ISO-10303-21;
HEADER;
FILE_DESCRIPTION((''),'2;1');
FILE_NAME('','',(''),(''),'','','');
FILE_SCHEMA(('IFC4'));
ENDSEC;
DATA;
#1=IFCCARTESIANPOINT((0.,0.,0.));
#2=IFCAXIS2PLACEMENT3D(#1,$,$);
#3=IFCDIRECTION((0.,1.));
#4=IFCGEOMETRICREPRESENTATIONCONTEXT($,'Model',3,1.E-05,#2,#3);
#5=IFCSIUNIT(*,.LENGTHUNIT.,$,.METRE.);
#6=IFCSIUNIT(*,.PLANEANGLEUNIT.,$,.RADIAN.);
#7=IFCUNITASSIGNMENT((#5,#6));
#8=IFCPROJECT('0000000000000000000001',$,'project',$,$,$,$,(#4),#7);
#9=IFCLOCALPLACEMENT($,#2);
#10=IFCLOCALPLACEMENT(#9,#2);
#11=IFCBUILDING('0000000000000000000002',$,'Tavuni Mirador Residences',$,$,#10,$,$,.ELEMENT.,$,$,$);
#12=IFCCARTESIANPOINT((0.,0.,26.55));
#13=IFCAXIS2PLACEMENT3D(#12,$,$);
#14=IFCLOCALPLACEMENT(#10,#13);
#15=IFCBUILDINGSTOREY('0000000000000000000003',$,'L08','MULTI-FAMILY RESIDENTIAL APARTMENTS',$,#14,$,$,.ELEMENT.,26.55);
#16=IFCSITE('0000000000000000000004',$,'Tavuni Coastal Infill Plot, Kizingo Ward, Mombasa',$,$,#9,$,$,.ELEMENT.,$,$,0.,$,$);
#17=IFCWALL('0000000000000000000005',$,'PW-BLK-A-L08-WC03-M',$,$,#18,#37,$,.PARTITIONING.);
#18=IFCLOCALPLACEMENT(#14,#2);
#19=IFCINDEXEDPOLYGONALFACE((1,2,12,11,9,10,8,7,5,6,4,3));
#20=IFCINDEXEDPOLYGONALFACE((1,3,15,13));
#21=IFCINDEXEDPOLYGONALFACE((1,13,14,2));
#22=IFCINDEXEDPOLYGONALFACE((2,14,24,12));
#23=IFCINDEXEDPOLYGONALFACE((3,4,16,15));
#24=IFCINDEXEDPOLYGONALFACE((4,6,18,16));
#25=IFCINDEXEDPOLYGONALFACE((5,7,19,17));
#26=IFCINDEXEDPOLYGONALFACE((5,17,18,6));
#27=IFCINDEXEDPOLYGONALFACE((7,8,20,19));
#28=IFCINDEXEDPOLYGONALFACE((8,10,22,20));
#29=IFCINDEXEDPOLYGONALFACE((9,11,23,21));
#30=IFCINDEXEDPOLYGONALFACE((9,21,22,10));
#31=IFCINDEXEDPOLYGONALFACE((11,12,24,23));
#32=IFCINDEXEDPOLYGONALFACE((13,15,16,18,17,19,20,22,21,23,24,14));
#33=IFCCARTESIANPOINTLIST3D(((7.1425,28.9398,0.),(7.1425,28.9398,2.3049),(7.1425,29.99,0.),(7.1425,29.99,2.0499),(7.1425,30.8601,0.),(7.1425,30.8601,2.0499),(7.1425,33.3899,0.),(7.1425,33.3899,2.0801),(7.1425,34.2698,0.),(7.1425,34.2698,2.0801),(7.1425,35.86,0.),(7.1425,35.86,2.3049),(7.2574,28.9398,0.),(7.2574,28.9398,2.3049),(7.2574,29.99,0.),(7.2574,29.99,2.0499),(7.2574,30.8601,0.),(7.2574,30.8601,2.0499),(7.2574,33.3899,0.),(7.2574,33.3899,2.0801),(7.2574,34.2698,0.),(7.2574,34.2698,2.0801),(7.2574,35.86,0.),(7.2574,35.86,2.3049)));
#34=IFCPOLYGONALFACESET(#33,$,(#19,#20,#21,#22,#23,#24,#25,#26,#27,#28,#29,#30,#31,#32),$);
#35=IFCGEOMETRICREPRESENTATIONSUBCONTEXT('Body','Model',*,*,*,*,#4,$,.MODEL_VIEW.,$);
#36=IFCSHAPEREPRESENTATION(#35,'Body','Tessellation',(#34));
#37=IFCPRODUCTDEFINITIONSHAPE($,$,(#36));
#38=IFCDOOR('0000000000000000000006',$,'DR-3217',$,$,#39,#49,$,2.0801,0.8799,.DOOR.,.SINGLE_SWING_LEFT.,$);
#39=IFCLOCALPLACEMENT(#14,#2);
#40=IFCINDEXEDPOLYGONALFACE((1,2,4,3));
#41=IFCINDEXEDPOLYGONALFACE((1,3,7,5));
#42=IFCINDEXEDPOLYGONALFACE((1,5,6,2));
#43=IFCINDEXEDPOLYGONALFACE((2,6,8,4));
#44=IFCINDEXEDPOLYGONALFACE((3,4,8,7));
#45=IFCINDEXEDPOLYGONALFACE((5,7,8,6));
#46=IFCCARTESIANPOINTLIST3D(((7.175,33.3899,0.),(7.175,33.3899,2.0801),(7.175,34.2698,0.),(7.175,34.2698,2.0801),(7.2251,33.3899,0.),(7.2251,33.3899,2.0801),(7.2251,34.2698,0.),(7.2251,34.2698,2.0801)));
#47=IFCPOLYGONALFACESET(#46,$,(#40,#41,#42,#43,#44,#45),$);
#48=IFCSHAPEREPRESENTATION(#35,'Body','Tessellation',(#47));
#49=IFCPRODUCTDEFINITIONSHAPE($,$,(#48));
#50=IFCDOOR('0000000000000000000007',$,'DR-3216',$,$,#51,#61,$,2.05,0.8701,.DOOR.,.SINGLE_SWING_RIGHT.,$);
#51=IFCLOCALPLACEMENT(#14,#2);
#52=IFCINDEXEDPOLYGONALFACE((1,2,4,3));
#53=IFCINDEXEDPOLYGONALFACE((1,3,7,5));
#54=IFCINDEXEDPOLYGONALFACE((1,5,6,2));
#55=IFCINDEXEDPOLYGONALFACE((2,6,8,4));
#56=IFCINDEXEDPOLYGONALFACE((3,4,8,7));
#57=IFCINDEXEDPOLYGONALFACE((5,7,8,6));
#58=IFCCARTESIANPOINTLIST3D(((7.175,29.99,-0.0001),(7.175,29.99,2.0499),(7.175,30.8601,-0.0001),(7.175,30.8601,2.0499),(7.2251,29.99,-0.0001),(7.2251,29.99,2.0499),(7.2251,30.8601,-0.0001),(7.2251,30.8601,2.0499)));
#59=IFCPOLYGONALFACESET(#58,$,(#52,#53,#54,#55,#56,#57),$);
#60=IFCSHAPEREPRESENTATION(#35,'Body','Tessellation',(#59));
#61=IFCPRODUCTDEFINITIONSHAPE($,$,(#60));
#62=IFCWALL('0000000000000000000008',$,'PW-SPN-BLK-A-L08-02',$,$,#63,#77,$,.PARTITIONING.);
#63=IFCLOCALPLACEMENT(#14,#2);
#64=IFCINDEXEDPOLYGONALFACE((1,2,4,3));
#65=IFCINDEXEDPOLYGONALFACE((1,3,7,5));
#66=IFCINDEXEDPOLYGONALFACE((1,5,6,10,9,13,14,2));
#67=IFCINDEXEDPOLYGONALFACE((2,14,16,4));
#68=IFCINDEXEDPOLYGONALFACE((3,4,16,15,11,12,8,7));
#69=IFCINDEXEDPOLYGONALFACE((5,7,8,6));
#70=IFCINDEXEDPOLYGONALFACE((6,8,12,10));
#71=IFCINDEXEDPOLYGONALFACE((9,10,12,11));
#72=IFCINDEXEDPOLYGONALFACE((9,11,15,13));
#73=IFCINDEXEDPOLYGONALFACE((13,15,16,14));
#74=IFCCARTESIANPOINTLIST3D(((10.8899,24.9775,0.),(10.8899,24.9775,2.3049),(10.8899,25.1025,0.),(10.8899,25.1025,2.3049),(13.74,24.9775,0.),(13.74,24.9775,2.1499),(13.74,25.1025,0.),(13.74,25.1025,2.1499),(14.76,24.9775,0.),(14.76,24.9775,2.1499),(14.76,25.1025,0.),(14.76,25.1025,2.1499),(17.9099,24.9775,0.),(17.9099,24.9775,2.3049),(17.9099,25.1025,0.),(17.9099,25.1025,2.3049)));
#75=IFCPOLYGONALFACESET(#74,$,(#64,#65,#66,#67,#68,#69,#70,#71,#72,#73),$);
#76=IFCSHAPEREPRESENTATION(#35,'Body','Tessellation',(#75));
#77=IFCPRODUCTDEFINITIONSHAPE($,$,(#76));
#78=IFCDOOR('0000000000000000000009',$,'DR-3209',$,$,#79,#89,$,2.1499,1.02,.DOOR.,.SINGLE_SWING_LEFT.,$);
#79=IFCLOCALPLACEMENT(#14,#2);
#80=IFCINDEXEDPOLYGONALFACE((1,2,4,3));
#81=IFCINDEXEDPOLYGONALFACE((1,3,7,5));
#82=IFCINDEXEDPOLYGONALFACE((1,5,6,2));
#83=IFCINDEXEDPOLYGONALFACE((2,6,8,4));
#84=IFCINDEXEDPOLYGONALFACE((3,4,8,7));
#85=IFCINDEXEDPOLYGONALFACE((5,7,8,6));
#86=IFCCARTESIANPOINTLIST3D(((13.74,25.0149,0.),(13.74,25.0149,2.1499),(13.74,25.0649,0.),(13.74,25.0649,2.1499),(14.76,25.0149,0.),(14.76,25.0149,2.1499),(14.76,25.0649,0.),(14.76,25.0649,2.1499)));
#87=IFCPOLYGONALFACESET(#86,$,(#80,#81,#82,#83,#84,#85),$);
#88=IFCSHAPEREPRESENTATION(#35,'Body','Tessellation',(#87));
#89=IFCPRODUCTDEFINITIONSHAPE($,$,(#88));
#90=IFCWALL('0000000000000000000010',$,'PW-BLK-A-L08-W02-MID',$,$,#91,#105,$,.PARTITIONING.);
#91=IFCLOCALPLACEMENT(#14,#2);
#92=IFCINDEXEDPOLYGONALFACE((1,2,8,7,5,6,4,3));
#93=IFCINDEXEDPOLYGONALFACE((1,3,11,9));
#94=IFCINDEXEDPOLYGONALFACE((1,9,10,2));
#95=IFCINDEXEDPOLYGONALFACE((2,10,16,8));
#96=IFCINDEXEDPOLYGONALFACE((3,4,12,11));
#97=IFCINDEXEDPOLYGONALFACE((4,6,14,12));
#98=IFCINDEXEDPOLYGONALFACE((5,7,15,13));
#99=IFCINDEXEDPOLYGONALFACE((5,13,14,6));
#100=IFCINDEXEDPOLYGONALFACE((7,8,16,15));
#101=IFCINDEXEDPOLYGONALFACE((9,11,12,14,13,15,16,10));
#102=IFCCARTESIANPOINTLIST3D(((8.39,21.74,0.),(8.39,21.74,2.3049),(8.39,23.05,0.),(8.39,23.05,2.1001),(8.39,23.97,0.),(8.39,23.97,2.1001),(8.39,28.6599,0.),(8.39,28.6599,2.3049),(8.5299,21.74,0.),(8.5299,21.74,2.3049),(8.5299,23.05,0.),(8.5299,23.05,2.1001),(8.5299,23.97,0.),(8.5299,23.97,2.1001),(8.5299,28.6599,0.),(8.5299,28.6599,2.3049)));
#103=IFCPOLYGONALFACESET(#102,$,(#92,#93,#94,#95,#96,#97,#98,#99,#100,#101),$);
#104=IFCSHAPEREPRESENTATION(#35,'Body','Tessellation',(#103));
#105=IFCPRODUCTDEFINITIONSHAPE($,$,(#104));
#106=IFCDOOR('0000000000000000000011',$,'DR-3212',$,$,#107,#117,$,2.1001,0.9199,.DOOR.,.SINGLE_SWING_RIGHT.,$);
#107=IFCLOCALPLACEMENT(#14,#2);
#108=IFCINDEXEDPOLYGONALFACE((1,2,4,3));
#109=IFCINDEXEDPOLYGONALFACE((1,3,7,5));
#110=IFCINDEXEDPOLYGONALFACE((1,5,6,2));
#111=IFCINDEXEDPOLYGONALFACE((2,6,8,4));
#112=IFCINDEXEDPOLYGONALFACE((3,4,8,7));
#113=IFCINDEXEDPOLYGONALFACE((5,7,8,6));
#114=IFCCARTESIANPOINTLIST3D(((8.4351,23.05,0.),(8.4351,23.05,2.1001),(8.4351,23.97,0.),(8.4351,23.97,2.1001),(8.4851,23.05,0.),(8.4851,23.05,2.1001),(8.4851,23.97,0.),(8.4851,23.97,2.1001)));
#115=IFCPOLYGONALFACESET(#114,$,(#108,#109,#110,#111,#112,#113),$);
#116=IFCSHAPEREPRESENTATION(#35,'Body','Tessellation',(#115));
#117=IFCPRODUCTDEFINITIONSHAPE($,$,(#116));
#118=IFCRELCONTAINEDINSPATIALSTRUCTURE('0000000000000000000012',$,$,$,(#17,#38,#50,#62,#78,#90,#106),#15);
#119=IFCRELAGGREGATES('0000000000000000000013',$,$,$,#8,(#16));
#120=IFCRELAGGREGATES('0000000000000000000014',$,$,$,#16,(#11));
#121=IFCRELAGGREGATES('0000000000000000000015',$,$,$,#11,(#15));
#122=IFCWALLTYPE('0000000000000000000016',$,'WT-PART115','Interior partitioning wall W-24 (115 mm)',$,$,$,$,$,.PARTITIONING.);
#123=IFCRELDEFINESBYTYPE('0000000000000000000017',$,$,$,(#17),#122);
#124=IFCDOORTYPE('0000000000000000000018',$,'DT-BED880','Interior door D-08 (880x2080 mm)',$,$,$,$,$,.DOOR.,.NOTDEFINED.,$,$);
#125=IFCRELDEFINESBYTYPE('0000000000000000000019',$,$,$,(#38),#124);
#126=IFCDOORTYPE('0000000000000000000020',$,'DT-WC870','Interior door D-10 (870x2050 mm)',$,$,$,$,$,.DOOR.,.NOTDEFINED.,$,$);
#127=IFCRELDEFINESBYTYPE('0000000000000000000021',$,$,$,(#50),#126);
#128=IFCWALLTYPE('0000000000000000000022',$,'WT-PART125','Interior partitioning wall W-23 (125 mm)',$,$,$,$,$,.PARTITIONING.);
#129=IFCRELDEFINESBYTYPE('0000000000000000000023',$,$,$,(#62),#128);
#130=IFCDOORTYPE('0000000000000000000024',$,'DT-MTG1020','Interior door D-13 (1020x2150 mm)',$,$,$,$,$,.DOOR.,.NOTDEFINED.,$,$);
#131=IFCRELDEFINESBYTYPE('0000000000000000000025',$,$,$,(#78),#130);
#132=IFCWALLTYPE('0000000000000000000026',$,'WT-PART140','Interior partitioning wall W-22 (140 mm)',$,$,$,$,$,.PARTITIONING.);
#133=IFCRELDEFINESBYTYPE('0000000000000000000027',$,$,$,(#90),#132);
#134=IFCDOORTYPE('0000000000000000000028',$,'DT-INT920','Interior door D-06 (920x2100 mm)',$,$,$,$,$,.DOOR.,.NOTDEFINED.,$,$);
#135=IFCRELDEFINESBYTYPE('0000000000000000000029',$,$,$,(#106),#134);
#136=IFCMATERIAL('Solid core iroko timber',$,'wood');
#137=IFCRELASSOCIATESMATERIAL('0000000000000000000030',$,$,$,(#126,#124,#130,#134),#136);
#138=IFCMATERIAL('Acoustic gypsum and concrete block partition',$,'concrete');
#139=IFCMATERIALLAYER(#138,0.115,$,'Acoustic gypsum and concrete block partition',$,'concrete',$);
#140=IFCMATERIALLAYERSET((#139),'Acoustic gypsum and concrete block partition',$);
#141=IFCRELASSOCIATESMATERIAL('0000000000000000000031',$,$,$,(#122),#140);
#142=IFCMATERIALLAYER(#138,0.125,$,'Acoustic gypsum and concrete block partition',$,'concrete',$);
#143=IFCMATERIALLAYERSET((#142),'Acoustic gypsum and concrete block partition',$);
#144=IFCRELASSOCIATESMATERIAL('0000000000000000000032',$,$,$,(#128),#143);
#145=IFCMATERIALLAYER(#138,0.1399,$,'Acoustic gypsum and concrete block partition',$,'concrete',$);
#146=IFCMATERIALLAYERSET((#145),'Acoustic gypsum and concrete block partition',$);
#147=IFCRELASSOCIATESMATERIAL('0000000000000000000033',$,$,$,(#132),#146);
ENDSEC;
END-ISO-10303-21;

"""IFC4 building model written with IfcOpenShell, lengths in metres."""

from ifc_helpers import new_model, si_unit, direction, frame, frame_2d, origin, place, context, subcontext, project, spatial, rectangle, extrude, material, layer, layer_set, type_object, element, fill, save


model = new_model("IFC4")

# Units and contexts
model_context = context("Model", 3, precision=1e-05, world=origin(), true_north=direction((0.0, 1.0)))
body_context = subcontext(model_context, "Body", "Model", "MODEL_VIEW")
ifc_project = project(units=[si_unit("LENGTHUNIT", "METRE"), si_unit("PLANEANGLEUNIT", "RADIAN")], contexts=[model_context])

# Site, building, storey
site_placement = place(None, origin())
site = spatial("IfcSite", under=ifc_project, at=site_placement, Name="Tavuni Coastal Infill Plot, Kizingo Ward, Mombasa", CompositionType="ELEMENT", RefElevation=0.0)
building_placement = place(site_placement, origin())
building = spatial("IfcBuilding", under=site, at=building_placement, Name="Tavuni Mirador Residences", CompositionType="ELEMENT")
storey_placement = place(building_placement, frame((0.0, 0.0, 26.55)))
storey = spatial("IfcBuildingStorey", under=building, at=storey_placement, Name="L08", Description="MULTI-FAMILY RESIDENTIAL APARTMENTS", CompositionType="ELEMENT", Elevation=26.55)

# Shared definitions
ifc_material_1 = material(Name="Solid core iroko timber", Category="wood")

# Shared definitions
ifc_material_2 = material(Name="Acoustic gypsum and concrete block partition", Category="concrete")
door_type_1 = type_object("IfcDoorType", Name="DT-WC870", Description="Interior door D-10 (870x2050 mm)", OperationType="NOTDEFINED", PredefinedType="DOOR", material=ifc_material_1)
ifc_layer_1 = layer(ifc_material_2, 0.115, Name="Acoustic gypsum and concrete block partition", Category="concrete")
ifc_layer_set_1 = layer_set([ifc_layer_1], Name="Acoustic gypsum and concrete block partition")
wall_type_1 = type_object("IfcWallType", Name="WT-PART115", Description="Interior partitioning wall W-24 (115 mm)", PredefinedType="PARTITIONING", material=ifc_layer_set_1)
door_type_2 = type_object("IfcDoorType", Name="DT-BED880", Description="Interior door D-08 (880x2080 mm)", OperationType="NOTDEFINED", PredefinedType="DOOR", material=ifc_material_1)

# Wall, openings, doors
wall_1_placement = place(storey_placement, frame((7.2, 28.9399, 0.0), z_axis=(0.0, 0.0, 1.0), x_axis=(0.0, 1.0, 0.0)))
wall_1 = element("IfcWall", 1, at=wall_1_placement, inside=storey, type_object=wall_type_1, Name="PW-BLK-A-L08-WC03-M", PredefinedType="PARTITIONING", context=body_context, shape_type="SweptSolid", body=[
    extrude(rectangle(XDim=6.9202, YDim=0.115, at=frame_2d((3.46, 0.0))), origin(), (0.0, 0.0, 1.0), 2.3049),
])
opening_1_placement = place(wall_1_placement, frame((1.05, 0.0, 0.0)))
opening_1 = element("IfcOpeningElement", 2, at=opening_1_placement, cuts=wall_1, PredefinedType="OPENING", context=body_context, shape_type="SweptSolid", body=[
    extrude(rectangle(XDim=0.8701, YDim=2.05, at=frame_2d((0.4351, 1.0249))), frame((0.0, 0.0674, 0.0), z_axis=(0.0, -1.0, 0.0), x_axis=(1.0, 0.0, 0.0)), (0.0, 0.0, 1.0), 0.135),
])
opening_2_placement = place(wall_1_placement, frame((4.45, 0.0, 0.0)))
opening_2 = element("IfcOpeningElement", 3, at=opening_2_placement, cuts=wall_1, PredefinedType="OPENING", context=body_context, shape_type="SweptSolid", body=[
    extrude(rectangle(XDim=0.8799, YDim=2.0801, at=frame_2d((0.4399, 1.04))), frame((0.0, 0.0674, 0.0), z_axis=(0.0, -1.0, 0.0), x_axis=(1.0, 0.0, 0.0)), (0.0, 0.0, 1.0), 0.135),
])
door_1_placement = place(opening_2_placement, origin())
door_1 = element("IfcDoor", 4, at=door_1_placement, inside=storey, type_object=door_type_2, Name="DR-3217", OperationType="SINGLE_SWING_LEFT", OverallHeight=2.0801, OverallWidth=0.8799, PredefinedType="DOOR", context=body_context, shape_type="SweptSolid", body=[
    extrude(rectangle(XDim=0.8799, YDim=2.0801, at=frame_2d((0.4399, 1.04))), frame((0.0, 0.0249, 0.0), z_axis=(0.0, -1.0, 0.0), x_axis=(1.0, 0.0, 0.0)), (0.0, 0.0, 1.0), 0.05),
])
fill(opening_2, door_1)
door_2_placement = place(opening_1_placement, origin())
door_2 = element("IfcDoor", 5, at=door_2_placement, inside=storey, type_object=door_type_1, Name="DR-3216", OperationType="SINGLE_SWING_RIGHT", OverallHeight=2.05, OverallWidth=0.8701, PredefinedType="DOOR", context=body_context, shape_type="SweptSolid", body=[
    extrude(rectangle(XDim=0.8701, YDim=2.05, at=frame_2d((0.4351, 1.0249))), frame((0.0, 0.0249, 0.0), z_axis=(0.0, -1.0, 0.0), x_axis=(1.0, 0.0, 0.0)), (0.0, 0.0, 1.0), 0.05),
])
fill(opening_1, door_2)

# Walls, openings, doors
ifc_layer_2 = layer(ifc_material_2, 0.125, Name="Acoustic gypsum and concrete block partition", Category="concrete")
ifc_layer_set_2 = layer_set([ifc_layer_2], Name="Acoustic gypsum and concrete block partition")
wall_type_2 = type_object("IfcWallType", Name="WT-PART125", Description="Interior partitioning wall W-23 (125 mm)", PredefinedType="PARTITIONING", material=ifc_layer_set_2)
wall_2_placement = place(storey_placement, frame((10.8899, 25.04, 0.0), z_axis=(0.0, 0.0, 1.0), x_axis=(1.0, 0.0, 0.0)))
wall_2 = element("IfcWall", 6, at=wall_2_placement, inside=storey, type_object=wall_type_2, Name="PW-SPN-BLK-A-L08-02", PredefinedType="PARTITIONING", context=body_context, shape_type="SweptSolid", body=[
    extrude(rectangle(XDim=7.02, YDim=0.125, at=frame_2d((3.51, 0.0))), origin(), (0.0, 0.0, 1.0), 2.3049),
])
opening_3_placement = place(wall_2_placement, frame((2.8501, 0.0, 0.0)))
opening_3 = element("IfcOpeningElement", 7, at=opening_3_placement, cuts=wall_2, PredefinedType="OPENING", context=body_context, shape_type="SweptSolid", body=[
    extrude(rectangle(XDim=1.02, YDim=2.1499, at=frame_2d((0.51, 1.075))), frame((0.0, 0.0725, 0.0), z_axis=(0.0, -1.0, 0.0), x_axis=(1.0, 0.0, 0.0)), (0.0, 0.0, 1.0), 0.145),
])
door_type_3 = type_object("IfcDoorType", Name="DT-MTG1020", Description="Interior door D-13 (1020x2150 mm)", OperationType="NOTDEFINED", PredefinedType="DOOR", material=ifc_material_1)
door_3_placement = place(opening_3_placement, origin())
door_3 = element("IfcDoor", 8, at=door_3_placement, inside=storey, type_object=door_type_3, Name="DR-3209", OperationType="SINGLE_SWING_LEFT", OverallHeight=2.1499, OverallWidth=1.02, PredefinedType="DOOR", context=body_context, shape_type="SweptSolid", body=[
    extrude(rectangle(XDim=1.02, YDim=2.1499, at=frame_2d((0.51, 1.075))), frame((0.0, 0.0249, 0.0), z_axis=(0.0, -1.0, 0.0), x_axis=(1.0, 0.0, 0.0)), (0.0, 0.0, 1.0), 0.05),
])
fill(opening_3, door_3)
ifc_layer_3 = layer(ifc_material_2, 0.1399, Name="Acoustic gypsum and concrete block partition", Category="concrete")
ifc_layer_set_3 = layer_set([ifc_layer_3], Name="Acoustic gypsum and concrete block partition")
wall_type_3 = type_object("IfcWallType", Name="WT-PART140", Description="Interior partitioning wall W-22 (140 mm)", PredefinedType="PARTITIONING", material=ifc_layer_set_3)
wall_3_placement = place(storey_placement, frame((8.46, 21.74, 0.0), z_axis=(0.0, 0.0, 1.0), x_axis=(0.0, 1.0, 0.0)))
wall_3 = element("IfcWall", 9, at=wall_3_placement, inside=storey, type_object=wall_type_3, Name="PW-BLK-A-L08-W02-MID", PredefinedType="PARTITIONING", context=body_context, shape_type="SweptSolid", body=[
    extrude(rectangle(XDim=6.9199, YDim=0.1399, at=frame_2d((3.46, 0.0))), origin(), (0.0, 0.0, 1.0), 2.3049),
])
opening_4_placement = place(wall_3_placement, frame((1.3101, 0.0, 0.0)))
opening_4 = element("IfcOpeningElement", 10, at=opening_4_placement, cuts=wall_3, PredefinedType="OPENING", context=body_context, shape_type="SweptSolid", body=[
    extrude(rectangle(XDim=0.9199, YDim=2.1001, at=frame_2d((0.46, 1.05))), frame((0.0, 0.0801, 0.0), z_axis=(0.0, -1.0, 0.0), x_axis=(1.0, 0.0, 0.0)), (0.0, 0.0, 1.0), 0.1599),
])
door_type_4 = type_object("IfcDoorType", Name="DT-INT920", Description="Interior door D-06 (920x2100 mm)", OperationType="NOTDEFINED", PredefinedType="DOOR", material=ifc_material_1)
door_4_placement = place(opening_4_placement, origin())
door_4 = element("IfcDoor", 11, at=door_4_placement, inside=storey, type_object=door_type_4, Name="DR-3212", OperationType="SINGLE_SWING_RIGHT", OverallHeight=2.1001, OverallWidth=0.9199, PredefinedType="DOOR", context=body_context, shape_type="SweptSolid", body=[
    extrude(rectangle(XDim=0.9199, YDim=2.1001, at=frame_2d((0.46, 1.05))), frame((0.0, 0.0249, 0.0), z_axis=(0.0, -1.0, 0.0), x_axis=(1.0, 0.0, 0.0)), (0.0, 0.0, 1.0), 0.05),
])
fill(opening_4, door_4)

save(model, "model.ifc")
